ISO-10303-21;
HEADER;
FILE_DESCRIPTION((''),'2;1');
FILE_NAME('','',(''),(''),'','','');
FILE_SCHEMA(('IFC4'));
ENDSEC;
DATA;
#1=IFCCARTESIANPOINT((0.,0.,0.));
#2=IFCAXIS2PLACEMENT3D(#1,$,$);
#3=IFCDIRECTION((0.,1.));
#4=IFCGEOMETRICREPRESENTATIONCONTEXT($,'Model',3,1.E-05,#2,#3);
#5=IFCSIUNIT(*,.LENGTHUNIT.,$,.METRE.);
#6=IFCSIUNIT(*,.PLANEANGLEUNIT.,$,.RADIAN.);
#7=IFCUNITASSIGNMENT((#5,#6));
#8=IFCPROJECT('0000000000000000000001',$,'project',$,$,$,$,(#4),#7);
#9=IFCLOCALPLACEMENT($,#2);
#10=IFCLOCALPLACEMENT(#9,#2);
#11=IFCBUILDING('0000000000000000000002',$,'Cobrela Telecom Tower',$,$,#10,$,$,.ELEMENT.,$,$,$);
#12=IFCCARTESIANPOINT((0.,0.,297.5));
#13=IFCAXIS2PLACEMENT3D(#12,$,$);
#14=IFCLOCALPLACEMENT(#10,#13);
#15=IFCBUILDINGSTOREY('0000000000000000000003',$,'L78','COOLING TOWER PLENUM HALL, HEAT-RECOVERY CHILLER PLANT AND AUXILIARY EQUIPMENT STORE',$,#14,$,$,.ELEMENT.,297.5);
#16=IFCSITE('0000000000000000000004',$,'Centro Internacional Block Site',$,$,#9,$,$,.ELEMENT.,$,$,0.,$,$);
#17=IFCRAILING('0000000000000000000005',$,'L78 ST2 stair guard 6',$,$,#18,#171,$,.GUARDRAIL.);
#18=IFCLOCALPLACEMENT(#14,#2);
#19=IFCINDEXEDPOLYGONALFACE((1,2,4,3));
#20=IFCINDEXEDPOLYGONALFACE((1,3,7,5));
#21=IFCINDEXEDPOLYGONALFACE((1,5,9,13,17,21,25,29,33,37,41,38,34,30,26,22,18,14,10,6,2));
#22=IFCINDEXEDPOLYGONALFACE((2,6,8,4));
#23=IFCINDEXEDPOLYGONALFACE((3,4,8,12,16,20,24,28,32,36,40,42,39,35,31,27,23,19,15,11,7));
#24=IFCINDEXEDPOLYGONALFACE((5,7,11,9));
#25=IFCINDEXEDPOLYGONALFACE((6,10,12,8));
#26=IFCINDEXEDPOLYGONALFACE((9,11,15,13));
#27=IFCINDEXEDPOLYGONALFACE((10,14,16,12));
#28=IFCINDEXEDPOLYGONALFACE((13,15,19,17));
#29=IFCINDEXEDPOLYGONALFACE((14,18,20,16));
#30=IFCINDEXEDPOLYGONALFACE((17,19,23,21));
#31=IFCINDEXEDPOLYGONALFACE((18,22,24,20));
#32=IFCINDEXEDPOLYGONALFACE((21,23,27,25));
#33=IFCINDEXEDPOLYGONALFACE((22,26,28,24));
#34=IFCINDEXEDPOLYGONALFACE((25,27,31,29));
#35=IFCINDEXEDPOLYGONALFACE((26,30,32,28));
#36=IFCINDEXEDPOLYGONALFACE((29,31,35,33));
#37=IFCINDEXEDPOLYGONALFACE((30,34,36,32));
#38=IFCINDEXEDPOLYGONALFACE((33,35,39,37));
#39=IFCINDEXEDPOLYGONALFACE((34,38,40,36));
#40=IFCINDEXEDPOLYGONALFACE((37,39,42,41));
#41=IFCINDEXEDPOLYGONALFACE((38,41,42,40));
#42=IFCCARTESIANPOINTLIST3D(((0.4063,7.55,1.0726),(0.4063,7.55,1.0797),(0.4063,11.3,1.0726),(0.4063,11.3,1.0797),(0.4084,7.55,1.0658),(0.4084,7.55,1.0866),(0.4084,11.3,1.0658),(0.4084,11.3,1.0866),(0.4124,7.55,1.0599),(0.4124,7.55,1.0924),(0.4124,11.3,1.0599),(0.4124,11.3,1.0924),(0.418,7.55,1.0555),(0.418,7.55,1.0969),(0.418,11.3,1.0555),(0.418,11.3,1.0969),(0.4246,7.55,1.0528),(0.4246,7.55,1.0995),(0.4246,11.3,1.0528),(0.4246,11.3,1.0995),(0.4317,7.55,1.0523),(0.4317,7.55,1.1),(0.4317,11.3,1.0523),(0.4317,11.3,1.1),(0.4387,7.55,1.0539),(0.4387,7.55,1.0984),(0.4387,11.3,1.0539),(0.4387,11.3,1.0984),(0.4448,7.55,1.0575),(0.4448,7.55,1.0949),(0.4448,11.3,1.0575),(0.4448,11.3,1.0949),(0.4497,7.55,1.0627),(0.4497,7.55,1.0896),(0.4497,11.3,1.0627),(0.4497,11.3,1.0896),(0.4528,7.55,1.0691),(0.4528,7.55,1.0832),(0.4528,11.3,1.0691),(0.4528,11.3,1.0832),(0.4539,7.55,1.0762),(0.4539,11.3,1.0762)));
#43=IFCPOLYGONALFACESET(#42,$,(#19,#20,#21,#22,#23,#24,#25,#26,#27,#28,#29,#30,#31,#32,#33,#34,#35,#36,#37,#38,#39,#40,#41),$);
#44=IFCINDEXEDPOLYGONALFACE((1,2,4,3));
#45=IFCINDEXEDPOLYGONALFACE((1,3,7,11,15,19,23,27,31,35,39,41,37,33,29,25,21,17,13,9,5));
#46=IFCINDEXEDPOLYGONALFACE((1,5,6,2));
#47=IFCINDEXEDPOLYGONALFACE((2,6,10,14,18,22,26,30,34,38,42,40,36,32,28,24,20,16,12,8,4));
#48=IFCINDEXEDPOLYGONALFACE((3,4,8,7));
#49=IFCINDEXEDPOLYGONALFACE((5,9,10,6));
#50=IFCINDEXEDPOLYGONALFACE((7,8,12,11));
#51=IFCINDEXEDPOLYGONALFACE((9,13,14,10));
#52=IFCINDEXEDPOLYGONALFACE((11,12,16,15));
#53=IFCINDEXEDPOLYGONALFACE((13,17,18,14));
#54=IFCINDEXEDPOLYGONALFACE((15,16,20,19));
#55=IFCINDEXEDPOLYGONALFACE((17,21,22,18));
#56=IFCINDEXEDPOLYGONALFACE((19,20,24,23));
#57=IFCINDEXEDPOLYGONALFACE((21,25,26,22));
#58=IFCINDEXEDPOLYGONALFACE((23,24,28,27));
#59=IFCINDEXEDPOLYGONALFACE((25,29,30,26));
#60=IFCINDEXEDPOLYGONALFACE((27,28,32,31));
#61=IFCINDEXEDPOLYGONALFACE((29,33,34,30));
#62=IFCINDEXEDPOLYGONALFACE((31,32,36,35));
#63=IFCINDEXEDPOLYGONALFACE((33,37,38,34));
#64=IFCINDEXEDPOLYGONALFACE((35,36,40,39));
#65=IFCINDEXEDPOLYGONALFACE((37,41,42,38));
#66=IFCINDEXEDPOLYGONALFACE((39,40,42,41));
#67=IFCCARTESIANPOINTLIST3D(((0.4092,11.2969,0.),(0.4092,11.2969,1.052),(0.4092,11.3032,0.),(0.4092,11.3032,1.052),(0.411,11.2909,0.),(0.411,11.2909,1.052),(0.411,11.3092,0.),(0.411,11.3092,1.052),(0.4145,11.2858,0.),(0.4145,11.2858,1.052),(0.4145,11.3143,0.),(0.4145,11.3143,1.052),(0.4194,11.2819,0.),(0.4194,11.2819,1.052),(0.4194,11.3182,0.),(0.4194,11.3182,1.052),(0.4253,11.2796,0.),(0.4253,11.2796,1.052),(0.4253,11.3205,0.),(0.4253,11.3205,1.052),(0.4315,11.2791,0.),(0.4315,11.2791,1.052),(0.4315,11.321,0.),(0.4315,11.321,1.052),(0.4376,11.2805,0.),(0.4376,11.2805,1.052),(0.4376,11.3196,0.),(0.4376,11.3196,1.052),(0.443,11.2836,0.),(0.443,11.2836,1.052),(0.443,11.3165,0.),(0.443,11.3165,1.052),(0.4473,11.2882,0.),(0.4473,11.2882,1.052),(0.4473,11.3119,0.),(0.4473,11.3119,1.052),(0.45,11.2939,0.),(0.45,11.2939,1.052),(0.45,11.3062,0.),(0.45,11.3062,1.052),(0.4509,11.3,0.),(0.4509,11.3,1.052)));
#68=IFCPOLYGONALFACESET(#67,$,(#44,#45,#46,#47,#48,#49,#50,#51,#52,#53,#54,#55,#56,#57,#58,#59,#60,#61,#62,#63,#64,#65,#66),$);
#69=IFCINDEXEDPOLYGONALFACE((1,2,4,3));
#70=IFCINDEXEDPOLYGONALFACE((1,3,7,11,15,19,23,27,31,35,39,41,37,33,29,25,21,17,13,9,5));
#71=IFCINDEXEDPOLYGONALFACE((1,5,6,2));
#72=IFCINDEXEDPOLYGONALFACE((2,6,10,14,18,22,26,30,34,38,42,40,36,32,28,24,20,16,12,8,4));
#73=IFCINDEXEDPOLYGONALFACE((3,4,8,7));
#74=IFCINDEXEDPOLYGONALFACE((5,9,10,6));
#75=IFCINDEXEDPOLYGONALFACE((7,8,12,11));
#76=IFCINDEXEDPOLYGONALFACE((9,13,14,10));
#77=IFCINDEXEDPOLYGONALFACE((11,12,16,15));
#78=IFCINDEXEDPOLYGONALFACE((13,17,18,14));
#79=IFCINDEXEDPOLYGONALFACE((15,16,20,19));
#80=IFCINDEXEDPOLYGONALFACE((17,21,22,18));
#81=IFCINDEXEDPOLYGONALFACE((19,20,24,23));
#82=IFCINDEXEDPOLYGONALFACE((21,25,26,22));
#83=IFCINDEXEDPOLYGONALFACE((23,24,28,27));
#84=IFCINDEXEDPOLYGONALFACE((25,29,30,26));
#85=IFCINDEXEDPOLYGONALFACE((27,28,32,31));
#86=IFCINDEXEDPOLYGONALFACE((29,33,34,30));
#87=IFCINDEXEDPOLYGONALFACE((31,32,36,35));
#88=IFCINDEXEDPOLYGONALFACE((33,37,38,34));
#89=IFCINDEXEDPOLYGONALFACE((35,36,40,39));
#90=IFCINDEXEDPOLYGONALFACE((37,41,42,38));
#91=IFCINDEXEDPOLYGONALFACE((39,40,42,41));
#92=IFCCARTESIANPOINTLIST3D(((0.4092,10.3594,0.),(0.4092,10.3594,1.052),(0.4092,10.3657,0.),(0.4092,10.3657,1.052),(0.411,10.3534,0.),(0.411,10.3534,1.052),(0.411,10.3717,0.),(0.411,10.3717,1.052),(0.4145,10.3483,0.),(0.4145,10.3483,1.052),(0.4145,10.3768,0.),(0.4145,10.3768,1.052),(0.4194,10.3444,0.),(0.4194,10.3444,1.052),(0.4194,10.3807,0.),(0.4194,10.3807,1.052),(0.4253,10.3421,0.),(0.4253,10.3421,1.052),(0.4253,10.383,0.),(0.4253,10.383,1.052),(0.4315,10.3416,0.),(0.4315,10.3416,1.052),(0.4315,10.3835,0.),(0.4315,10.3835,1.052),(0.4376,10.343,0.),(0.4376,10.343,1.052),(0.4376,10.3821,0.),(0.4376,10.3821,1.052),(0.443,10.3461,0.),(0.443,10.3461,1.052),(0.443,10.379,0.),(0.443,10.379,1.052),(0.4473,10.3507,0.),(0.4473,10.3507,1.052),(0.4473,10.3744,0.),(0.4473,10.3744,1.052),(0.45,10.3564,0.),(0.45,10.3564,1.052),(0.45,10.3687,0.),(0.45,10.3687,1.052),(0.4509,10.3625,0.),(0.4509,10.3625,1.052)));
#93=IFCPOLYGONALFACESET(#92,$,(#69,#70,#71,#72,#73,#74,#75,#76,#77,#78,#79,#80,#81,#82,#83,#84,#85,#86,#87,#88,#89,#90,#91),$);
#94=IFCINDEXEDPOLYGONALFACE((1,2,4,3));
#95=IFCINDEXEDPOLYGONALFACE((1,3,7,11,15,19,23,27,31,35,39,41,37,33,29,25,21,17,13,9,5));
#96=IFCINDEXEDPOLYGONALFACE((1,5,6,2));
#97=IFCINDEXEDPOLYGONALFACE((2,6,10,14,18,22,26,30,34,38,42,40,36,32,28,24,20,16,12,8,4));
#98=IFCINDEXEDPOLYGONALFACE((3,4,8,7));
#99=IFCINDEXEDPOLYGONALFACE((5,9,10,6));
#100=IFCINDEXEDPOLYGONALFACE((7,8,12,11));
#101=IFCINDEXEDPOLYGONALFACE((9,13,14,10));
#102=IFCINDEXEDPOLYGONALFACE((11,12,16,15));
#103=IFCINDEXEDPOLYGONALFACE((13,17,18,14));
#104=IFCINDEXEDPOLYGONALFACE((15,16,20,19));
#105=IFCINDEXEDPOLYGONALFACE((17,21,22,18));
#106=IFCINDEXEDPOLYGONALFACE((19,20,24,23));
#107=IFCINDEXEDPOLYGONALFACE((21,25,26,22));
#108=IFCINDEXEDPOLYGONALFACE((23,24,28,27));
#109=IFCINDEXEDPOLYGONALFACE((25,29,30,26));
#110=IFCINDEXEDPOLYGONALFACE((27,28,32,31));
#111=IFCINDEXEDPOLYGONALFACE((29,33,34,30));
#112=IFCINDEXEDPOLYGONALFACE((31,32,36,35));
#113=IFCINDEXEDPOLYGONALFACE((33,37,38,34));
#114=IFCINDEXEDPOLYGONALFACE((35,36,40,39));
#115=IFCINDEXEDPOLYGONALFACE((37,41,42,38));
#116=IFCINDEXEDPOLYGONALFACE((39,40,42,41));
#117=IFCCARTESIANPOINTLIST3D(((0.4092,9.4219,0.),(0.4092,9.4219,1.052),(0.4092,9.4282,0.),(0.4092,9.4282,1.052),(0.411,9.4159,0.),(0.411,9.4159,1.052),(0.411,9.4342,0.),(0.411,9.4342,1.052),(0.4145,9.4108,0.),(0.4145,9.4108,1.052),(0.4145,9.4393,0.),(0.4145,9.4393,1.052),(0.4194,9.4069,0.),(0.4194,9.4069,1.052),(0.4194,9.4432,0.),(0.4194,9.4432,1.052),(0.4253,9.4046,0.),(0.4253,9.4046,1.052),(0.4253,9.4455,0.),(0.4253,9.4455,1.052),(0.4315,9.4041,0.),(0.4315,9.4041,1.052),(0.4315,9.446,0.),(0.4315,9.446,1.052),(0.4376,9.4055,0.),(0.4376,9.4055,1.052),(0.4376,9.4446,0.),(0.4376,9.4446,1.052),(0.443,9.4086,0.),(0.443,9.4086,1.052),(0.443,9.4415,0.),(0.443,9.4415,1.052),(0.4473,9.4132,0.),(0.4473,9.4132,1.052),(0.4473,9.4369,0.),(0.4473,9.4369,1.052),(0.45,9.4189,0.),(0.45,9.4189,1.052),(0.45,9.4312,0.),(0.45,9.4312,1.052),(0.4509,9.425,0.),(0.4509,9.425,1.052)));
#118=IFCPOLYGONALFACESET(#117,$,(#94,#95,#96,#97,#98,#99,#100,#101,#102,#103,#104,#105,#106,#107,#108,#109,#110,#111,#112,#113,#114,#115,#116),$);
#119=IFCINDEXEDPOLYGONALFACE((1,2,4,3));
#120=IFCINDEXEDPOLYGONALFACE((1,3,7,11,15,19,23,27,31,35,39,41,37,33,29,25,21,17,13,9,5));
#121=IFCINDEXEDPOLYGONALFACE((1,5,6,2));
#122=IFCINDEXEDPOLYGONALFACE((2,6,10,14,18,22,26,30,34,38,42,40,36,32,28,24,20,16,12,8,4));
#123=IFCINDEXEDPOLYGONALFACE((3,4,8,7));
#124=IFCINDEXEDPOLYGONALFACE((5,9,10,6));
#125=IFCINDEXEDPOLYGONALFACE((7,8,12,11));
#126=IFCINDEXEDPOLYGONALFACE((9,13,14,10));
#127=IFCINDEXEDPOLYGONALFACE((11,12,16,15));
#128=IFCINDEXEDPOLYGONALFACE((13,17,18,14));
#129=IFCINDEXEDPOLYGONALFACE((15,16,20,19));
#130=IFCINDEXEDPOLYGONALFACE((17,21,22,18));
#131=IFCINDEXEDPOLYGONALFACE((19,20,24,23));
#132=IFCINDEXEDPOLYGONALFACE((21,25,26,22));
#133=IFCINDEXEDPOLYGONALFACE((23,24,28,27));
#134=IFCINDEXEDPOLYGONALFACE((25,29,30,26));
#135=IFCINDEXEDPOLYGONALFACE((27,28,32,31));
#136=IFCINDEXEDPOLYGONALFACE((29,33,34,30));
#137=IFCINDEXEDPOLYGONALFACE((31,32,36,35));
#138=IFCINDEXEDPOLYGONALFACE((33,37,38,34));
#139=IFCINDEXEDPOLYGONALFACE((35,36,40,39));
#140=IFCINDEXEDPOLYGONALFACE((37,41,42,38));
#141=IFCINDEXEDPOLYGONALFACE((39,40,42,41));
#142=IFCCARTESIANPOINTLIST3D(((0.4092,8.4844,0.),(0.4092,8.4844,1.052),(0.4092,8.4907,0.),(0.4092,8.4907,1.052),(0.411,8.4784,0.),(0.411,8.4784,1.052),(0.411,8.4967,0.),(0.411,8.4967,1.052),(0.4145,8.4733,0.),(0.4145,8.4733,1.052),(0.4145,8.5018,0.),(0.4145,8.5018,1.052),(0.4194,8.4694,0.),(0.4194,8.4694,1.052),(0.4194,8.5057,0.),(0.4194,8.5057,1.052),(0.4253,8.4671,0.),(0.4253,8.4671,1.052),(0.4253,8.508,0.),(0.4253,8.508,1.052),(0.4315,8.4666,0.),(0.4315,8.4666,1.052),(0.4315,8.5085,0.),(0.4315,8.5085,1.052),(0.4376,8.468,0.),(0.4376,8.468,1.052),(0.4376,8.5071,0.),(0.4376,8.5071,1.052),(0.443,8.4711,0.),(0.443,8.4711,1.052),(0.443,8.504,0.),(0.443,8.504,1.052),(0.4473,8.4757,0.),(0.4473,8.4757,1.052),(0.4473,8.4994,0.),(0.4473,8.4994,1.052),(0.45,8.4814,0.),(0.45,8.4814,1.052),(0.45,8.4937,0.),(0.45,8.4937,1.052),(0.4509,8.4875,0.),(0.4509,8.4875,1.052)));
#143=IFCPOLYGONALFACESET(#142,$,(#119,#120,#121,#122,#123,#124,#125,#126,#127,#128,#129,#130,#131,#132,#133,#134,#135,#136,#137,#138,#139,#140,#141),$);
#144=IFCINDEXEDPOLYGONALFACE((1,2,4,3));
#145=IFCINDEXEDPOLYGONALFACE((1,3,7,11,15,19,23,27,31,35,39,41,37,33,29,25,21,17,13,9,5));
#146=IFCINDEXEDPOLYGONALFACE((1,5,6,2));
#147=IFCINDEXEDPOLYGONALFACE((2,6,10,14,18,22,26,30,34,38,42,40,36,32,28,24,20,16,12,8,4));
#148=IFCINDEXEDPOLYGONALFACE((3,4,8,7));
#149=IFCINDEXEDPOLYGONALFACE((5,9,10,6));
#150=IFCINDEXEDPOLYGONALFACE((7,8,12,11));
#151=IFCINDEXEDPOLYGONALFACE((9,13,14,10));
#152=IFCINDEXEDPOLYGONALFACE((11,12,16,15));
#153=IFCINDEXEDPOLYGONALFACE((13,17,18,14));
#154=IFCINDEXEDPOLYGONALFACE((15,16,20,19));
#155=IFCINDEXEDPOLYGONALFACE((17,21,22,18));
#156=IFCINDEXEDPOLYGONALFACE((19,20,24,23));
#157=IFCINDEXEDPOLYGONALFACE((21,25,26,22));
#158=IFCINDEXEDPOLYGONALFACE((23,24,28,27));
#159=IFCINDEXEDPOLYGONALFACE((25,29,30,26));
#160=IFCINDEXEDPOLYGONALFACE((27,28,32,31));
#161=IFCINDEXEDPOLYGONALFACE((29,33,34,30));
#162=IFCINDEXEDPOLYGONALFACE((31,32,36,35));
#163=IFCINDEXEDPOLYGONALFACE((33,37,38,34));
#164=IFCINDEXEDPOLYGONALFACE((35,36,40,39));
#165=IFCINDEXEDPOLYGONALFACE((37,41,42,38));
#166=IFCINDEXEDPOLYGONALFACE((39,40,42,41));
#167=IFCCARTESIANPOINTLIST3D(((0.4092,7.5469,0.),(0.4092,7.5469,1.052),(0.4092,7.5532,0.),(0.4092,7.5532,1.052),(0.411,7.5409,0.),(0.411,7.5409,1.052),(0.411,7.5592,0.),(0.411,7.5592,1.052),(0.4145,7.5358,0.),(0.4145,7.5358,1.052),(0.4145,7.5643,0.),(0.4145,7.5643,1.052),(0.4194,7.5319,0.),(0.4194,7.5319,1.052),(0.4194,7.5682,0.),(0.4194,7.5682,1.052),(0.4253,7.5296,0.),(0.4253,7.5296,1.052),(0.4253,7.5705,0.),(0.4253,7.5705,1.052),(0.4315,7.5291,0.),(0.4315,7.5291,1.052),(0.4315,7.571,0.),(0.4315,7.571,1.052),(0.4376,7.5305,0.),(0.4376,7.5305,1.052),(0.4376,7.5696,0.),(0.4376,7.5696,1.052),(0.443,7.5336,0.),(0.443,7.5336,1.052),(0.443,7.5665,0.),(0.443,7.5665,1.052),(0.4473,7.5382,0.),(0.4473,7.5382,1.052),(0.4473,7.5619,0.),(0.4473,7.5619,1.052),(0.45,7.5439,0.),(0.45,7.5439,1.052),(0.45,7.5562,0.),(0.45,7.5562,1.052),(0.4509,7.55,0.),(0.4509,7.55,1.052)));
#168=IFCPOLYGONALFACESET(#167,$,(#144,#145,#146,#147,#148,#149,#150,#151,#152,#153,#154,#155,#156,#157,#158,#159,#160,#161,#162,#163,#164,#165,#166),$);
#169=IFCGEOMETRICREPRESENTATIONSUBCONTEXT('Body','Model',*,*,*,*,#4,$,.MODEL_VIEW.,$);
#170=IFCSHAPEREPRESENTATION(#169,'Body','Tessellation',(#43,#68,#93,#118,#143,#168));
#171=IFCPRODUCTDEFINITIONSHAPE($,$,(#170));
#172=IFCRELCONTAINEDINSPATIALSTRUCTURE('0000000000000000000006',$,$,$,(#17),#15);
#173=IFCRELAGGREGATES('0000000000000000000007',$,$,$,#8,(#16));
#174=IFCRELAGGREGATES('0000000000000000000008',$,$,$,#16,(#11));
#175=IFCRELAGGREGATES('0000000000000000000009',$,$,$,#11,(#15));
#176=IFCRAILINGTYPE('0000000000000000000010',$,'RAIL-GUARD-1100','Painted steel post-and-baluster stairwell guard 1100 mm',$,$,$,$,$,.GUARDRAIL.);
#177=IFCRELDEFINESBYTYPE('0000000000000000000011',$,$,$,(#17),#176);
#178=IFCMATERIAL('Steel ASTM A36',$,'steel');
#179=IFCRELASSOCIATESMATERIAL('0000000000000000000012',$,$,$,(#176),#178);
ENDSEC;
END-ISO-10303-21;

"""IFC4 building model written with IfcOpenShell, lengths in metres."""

from ifc_helpers import new_model, si_unit, direction, frame, origin, origin_2d, place, context, subcontext, project, spatial, circle, extrude, material, type_object, element, save


model = new_model("IFC4")

# Units and contexts
model_context = context("Model", 3, precision=1e-05, world=origin(), true_north=direction((0.0, 1.0)))
body_context = subcontext(model_context, "Body", "Model", "MODEL_VIEW")
ifc_project = project(units=[si_unit("LENGTHUNIT", "METRE"), si_unit("PLANEANGLEUNIT", "RADIAN")], contexts=[model_context])

# Site, building, storey
site_placement = place(None, origin())
site = spatial("IfcSite", under=ifc_project, at=site_placement, Name="Centro Internacional Block Site", CompositionType="ELEMENT", RefElevation=0.0)
building_placement = place(site_placement, origin())
building = spatial("IfcBuilding", under=site, at=building_placement, Name="Cobrela Telecom Tower", CompositionType="ELEMENT")
storey_placement = place(building_placement, frame((0.0, 0.0, 297.5)))
storey = spatial("IfcBuildingStorey", under=building, at=storey_placement, Name="L78", Description="COOLING TOWER PLENUM HALL, HEAT-RECOVERY CHILLER PLANT AND AUXILIARY EQUIPMENT STORE", CompositionType="ELEMENT", Elevation=297.5)

# Shared definitions
ifc_material_1 = material(Name="Steel ASTM A36", Category="steel")

# Railing
railing_type_1 = type_object("IfcRailingType", Name="RAIL-GUARD-1100", Description="Painted steel post-and-baluster stairwell guard 1100 mm", PredefinedType="GUARDRAIL", material=ifc_material_1)
railing_1_placement = place(storey_placement, frame((0.4299, 11.3, 0.0)))
element("IfcRailing", 1, at=railing_1_placement, inside=storey, type_object=railing_type_1, Name="L78 ST2 stair guard 6", PredefinedType="GUARDRAIL", context=body_context, shape_type="SweptSolid", body=[
    extrude(circle(Radius=0.0239, at=origin_2d()), frame((0.0, 0.0, 1.0762), z_axis=(0.0, -1.0, 0.0), x_axis=(1.0, 0.0, 0.0)), (0.0, 0.0, 1.0), 3.75),
    extrude(circle(Radius=0.021, at=origin_2d()), origin(), (0.0, 0.0, 1.0), 1.052),
    extrude(circle(Radius=0.021, at=origin_2d()), frame((0.0, -0.9375, 0.0)), (0.0, 0.0, 1.0), 1.052),
    extrude(circle(Radius=0.021, at=origin_2d()), frame((0.0, -1.875, 0.0)), (0.0, 0.0, 1.0), 1.052),
    extrude(circle(Radius=0.021, at=origin_2d()), frame((0.0, -2.8125, 0.0)), (0.0, 0.0, 1.0), 1.052),
    extrude(circle(Radius=0.021, at=origin_2d()), frame((0.0, -3.75, 0.0)), (0.0, 0.0, 1.0), 1.052),
])

save(model, "model.ifc")
